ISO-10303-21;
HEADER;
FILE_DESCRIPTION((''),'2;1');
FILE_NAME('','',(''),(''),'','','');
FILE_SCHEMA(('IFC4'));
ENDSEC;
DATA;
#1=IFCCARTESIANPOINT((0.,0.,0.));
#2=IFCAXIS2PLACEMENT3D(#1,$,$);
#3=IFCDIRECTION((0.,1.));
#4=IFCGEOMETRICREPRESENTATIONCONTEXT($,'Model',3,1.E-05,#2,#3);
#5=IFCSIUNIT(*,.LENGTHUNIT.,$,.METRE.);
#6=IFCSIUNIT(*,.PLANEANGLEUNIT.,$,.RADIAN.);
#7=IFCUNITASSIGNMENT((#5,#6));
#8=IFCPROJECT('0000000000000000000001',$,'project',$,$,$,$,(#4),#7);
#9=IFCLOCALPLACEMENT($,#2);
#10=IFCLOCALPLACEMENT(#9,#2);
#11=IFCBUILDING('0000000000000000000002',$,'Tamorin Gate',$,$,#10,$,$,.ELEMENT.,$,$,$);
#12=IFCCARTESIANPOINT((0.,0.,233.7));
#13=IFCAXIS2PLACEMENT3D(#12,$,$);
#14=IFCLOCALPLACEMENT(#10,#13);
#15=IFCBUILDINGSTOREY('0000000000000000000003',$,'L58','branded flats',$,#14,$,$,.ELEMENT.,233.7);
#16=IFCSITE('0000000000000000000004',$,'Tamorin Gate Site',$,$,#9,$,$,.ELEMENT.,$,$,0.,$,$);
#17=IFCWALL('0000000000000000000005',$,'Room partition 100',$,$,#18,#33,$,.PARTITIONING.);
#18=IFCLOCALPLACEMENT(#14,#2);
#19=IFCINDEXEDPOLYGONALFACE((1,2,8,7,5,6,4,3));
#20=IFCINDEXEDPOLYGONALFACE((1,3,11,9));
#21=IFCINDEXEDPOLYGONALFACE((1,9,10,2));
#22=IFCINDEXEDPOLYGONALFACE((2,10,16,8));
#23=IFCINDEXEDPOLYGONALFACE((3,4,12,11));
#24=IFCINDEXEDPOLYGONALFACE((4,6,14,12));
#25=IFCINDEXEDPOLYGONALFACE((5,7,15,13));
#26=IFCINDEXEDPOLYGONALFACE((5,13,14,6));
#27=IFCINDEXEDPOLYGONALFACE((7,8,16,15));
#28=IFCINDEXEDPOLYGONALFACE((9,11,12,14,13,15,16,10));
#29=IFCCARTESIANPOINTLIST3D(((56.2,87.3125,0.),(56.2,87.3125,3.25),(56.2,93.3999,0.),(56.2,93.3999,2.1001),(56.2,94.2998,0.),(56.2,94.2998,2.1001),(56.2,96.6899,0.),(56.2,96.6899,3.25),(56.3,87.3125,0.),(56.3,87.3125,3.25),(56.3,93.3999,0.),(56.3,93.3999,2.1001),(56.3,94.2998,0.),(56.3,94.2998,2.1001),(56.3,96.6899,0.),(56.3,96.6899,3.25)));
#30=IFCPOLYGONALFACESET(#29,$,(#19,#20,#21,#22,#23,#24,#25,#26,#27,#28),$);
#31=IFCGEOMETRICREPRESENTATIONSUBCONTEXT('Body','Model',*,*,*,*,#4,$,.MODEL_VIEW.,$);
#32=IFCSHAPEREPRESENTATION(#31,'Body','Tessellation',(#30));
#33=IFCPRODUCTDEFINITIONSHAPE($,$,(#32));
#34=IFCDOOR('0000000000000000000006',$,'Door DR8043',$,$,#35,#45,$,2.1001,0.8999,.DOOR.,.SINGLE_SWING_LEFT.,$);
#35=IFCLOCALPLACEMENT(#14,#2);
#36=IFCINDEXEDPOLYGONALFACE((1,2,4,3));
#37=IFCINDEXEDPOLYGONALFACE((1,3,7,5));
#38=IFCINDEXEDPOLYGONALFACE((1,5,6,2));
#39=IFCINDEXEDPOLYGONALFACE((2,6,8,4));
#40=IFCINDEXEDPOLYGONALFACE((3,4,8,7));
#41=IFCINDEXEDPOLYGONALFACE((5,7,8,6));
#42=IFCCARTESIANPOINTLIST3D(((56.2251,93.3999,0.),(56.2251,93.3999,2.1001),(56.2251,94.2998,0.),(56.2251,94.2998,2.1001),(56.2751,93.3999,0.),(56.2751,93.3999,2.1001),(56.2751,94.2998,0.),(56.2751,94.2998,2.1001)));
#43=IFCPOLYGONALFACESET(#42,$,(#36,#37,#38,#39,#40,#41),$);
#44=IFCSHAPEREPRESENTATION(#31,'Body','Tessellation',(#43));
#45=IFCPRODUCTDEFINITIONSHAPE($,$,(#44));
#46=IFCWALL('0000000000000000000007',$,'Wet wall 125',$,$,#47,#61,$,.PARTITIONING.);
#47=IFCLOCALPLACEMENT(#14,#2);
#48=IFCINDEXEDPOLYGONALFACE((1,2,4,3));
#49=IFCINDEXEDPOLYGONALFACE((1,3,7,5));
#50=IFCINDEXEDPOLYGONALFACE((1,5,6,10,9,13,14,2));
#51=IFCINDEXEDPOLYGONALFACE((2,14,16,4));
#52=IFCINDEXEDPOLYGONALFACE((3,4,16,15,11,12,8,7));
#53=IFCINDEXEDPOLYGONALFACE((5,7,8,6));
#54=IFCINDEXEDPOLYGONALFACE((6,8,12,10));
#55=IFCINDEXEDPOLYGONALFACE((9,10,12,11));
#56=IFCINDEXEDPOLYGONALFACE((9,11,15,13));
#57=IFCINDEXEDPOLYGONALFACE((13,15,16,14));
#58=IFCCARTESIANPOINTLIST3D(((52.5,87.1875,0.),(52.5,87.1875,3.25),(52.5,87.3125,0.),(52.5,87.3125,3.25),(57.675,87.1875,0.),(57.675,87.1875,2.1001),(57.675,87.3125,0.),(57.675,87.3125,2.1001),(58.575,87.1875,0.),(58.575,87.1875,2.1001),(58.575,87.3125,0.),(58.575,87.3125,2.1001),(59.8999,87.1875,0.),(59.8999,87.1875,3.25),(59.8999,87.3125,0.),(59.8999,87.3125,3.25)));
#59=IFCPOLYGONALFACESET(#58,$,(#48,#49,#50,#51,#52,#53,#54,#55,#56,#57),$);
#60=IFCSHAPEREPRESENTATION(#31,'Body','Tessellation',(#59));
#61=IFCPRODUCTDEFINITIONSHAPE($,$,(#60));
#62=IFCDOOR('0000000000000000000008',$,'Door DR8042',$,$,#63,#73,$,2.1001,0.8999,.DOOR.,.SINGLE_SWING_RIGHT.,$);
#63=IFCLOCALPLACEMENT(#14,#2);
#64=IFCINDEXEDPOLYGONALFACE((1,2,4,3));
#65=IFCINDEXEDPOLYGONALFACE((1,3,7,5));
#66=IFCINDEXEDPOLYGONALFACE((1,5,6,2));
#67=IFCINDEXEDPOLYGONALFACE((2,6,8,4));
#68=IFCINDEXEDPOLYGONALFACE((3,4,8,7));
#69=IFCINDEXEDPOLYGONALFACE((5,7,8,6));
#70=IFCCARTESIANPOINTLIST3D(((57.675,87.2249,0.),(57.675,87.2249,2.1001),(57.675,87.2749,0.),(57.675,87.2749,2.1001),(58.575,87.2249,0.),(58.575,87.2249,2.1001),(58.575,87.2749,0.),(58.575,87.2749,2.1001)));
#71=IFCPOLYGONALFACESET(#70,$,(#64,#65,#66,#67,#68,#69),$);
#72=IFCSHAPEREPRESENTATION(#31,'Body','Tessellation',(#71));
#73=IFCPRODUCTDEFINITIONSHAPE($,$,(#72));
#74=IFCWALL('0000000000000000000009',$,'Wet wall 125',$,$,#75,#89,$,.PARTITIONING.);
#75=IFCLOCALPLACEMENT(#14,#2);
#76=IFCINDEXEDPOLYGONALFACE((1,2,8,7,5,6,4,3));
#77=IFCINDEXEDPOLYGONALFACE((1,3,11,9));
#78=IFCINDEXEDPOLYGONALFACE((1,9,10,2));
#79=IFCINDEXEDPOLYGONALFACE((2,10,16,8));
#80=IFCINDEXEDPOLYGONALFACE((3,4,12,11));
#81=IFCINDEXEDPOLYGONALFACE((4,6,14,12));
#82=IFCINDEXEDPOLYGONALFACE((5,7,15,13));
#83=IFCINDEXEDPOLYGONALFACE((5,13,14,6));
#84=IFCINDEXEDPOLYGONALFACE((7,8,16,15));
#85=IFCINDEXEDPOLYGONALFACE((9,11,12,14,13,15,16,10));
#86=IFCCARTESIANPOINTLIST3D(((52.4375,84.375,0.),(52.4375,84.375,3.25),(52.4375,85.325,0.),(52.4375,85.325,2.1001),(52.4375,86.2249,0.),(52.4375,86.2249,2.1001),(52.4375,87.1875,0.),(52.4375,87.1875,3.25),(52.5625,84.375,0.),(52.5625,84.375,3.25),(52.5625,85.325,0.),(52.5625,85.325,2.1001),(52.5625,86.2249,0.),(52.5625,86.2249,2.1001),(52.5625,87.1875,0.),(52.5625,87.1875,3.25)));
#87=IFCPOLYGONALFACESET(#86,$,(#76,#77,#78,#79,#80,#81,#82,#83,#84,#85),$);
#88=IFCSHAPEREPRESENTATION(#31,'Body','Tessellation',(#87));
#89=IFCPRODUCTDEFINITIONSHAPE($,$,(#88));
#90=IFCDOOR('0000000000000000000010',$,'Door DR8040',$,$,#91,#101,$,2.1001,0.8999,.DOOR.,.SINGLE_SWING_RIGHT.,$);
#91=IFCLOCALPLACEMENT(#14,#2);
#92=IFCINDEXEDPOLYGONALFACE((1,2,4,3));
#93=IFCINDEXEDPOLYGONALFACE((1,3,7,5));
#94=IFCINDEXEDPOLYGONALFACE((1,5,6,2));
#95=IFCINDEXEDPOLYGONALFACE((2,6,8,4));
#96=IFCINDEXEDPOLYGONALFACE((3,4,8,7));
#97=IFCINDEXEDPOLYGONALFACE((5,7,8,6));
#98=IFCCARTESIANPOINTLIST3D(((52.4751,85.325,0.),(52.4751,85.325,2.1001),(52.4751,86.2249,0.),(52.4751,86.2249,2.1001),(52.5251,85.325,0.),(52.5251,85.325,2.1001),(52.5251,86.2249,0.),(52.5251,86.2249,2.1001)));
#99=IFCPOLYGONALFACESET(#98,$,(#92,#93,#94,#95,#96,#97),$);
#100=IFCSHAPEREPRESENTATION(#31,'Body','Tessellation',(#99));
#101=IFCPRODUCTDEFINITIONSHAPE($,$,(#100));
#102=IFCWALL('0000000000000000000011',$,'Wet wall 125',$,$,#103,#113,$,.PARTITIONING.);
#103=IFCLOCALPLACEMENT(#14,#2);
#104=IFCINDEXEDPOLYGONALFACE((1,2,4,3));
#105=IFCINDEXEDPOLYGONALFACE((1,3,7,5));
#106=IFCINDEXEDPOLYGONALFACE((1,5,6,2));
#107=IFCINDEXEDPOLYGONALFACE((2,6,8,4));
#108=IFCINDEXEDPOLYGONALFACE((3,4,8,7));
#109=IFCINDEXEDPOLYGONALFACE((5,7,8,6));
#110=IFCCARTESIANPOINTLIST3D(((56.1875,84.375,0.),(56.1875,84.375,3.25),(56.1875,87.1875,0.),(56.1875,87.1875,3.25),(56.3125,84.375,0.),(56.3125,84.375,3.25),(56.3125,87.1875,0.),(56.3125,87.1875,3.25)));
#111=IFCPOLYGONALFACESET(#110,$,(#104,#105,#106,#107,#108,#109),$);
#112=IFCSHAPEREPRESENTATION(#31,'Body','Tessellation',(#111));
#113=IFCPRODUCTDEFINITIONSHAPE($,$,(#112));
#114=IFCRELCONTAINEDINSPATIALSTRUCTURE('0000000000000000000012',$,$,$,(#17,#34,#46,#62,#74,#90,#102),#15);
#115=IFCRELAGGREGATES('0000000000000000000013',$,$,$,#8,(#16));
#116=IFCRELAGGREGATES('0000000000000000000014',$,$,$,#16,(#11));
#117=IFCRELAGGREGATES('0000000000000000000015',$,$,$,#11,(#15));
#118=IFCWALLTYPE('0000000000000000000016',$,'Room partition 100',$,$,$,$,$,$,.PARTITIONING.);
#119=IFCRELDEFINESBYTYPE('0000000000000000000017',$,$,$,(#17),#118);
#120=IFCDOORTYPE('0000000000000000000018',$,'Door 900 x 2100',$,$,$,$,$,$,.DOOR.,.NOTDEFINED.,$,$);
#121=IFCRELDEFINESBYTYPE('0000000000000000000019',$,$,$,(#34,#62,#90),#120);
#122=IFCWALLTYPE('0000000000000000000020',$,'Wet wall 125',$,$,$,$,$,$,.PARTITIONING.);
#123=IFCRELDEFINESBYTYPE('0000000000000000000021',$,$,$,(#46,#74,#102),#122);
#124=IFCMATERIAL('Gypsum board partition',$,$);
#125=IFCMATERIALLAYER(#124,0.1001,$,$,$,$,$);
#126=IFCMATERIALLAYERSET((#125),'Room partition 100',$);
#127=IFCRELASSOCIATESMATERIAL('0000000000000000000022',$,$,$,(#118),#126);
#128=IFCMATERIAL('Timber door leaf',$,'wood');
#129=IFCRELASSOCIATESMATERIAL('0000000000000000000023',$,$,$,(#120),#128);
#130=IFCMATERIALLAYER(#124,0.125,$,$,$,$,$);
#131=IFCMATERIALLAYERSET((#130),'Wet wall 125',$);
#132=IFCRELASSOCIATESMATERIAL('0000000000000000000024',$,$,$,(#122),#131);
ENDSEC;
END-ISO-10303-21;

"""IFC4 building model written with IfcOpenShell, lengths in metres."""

from ifc_helpers import new_model, si_unit, direction, frame, frame_2d, origin, place, context, subcontext, project, spatial, rectangle, extrude, material, layer, layer_set, type_object, element, fill, save


model = new_model("IFC4")

# Units and contexts
model_context = context("Model", 3, precision=1e-05, world=origin(), true_north=direction((0.0, 1.0)))
body_context = subcontext(model_context, "Body", "Model", "MODEL_VIEW")
ifc_project = project(units=[si_unit("LENGTHUNIT", "METRE"), si_unit("PLANEANGLEUNIT", "RADIAN")], contexts=[model_context])

# Site, building, storey
site_placement = place(None, origin())
site = spatial("IfcSite", under=ifc_project, at=site_placement, Name="Tamorin Gate Site", CompositionType="ELEMENT", RefElevation=0.0)
building_placement = place(site_placement, origin())
building = spatial("IfcBuilding", under=site, at=building_placement, Name="Tamorin Gate", CompositionType="ELEMENT")
storey_placement = place(building_placement, frame((0.0, 0.0, 233.7)))
storey = spatial("IfcBuildingStorey", under=building, at=storey_placement, Name="L58", Description="branded flats", CompositionType="ELEMENT", Elevation=233.7)

# Shared definitions
ifc_material_1 = material(Name="Gypsum board partition")

# Walls, openings, doors
ifc_layer_1 = layer(ifc_material_1, 0.1001)
ifc_layer_set_1 = layer_set([ifc_layer_1], Name="Room partition 100")
wall_type_1 = type_object("IfcWallType", Name="Room partition 100", PredefinedType="PARTITIONING", material=ifc_layer_set_1)
ifc_material_2 = material(Name="Timber door leaf", Category="wood")
door_type = type_object("IfcDoorType", Name="Door 900 x 2100", OperationType="NOTDEFINED", PredefinedType="DOOR", material=ifc_material_2)
wall_1_placement = place(storey_placement, frame((56.25, 87.3125, 0.0), z_axis=(0.0, 0.0, 1.0), x_axis=(0.0, 1.0, 0.0)))
wall_1 = element("IfcWall", 1, at=wall_1_placement, inside=storey, type_object=wall_type_1, Name="Room partition 100", PredefinedType="PARTITIONING", context=body_context, shape_type="SweptSolid", body=[
    extrude(rectangle(XDim=9.3774, YDim=0.1001, at=frame_2d((4.6887, 0.0))), origin(), (0.0, 0.0, 1.0), 3.25),
])
opening_1_placement = place(wall_1_placement, frame((6.0874, 0.0, 0.0)))
opening_1 = element("IfcOpeningElement", 2, at=opening_1_placement, cuts=wall_1, PredefinedType="OPENING", context=body_context, shape_type="SweptSolid", body=[
    extrude(rectangle(XDim=0.8999, YDim=2.1001, at=frame_2d((0.45, 1.05))), frame((0.0, 0.0601, 0.0), z_axis=(0.0, -1.0, 0.0), x_axis=(1.0, 0.0, 0.0)), (0.0, 0.0, 1.0), 0.1201),
])
door_1_placement = place(opening_1_placement, origin())
door_1 = element("IfcDoor", 3, at=door_1_placement, inside=storey, type_object=door_type, Name="Door DR8043", OperationType="SINGLE_SWING_LEFT", OverallHeight=2.1001, OverallWidth=0.8999, PredefinedType="DOOR", context=body_context, shape_type="SweptSolid", body=[
    extrude(rectangle(XDim=0.8999, YDim=2.1001, at=frame_2d((0.45, 1.05))), frame((0.0, 0.0249, 0.0), z_axis=(0.0, -1.0, 0.0), x_axis=(1.0, 0.0, 0.0)), (0.0, 0.0, 1.0), 0.05),
])
fill(opening_1, door_1)
ifc_layer_2 = layer(ifc_material_1, 0.125)
ifc_layer_set_2 = layer_set([ifc_layer_2], Name="Wet wall 125")
wall_type_2 = type_object("IfcWallType", Name="Wet wall 125", PredefinedType="PARTITIONING", material=ifc_layer_set_2)
wall_2_placement = place(storey_placement, frame((52.5, 87.25, 0.0), z_axis=(0.0, 0.0, 1.0), x_axis=(1.0, 0.0, 0.0)))
wall_2 = element("IfcWall", 4, at=wall_2_placement, inside=storey, type_object=wall_type_2, Name="Wet wall 125", PredefinedType="PARTITIONING", context=body_context, shape_type="SweptSolid", body=[
    extrude(rectangle(XDim=7.3999, YDim=0.125, at=frame_2d((3.7, 0.0))), origin(), (0.0, 0.0, 1.0), 3.25),
])
opening_2_placement = place(wall_2_placement, frame((5.175, 0.0, 0.0)))
opening_2 = element("IfcOpeningElement", 5, at=opening_2_placement, cuts=wall_2, PredefinedType="OPENING", context=body_context, shape_type="SweptSolid", body=[
    extrude(rectangle(XDim=0.8999, YDim=2.1001, at=frame_2d((0.45, 1.05))), frame((0.0, 0.0725, 0.0), z_axis=(0.0, -1.0, 0.0), x_axis=(1.0, 0.0, 0.0)), (0.0, 0.0, 1.0), 0.145),
])
door_2_placement = place(opening_2_placement, origin())
door_2 = element("IfcDoor", 6, at=door_2_placement, inside=storey, type_object=door_type, Name="Door DR8042", OperationType="SINGLE_SWING_RIGHT", OverallHeight=2.1001, OverallWidth=0.8999, PredefinedType="DOOR", context=body_context, shape_type="SweptSolid", body=[
    extrude(rectangle(XDim=0.8999, YDim=2.1001, at=frame_2d((0.45, 1.05))), frame((0.0, 0.0249, 0.0), z_axis=(0.0, -1.0, 0.0), x_axis=(1.0, 0.0, 0.0)), (0.0, 0.0, 1.0), 0.05),
])
fill(opening_2, door_2)
wall_3_placement = place(storey_placement, frame((52.5, 84.375, 0.0), z_axis=(0.0, 0.0, 1.0), x_axis=(0.0, 1.0, 0.0)))
wall_3 = element("IfcWall", 7, at=wall_3_placement, inside=storey, type_object=wall_type_2, Name="Wet wall 125", PredefinedType="PARTITIONING", context=body_context, shape_type="SweptSolid", body=[
    extrude(rectangle(XDim=2.8125, YDim=0.125, at=frame_2d((1.4062, 0.0))), origin(), (0.0, 0.0, 1.0), 3.25),
])
opening_3_placement = place(wall_3_placement, frame((0.95, 0.0, 0.0)))
opening_3 = element("IfcOpeningElement", 8, at=opening_3_placement, cuts=wall_3, PredefinedType="OPENING", context=body_context, shape_type="SweptSolid", body=[
    extrude(rectangle(XDim=0.8999, YDim=2.1001, at=frame_2d((0.45, 1.05))), frame((0.0, 0.0725, 0.0), z_axis=(0.0, -1.0, 0.0), x_axis=(1.0, 0.0, 0.0)), (0.0, 0.0, 1.0), 0.145),
])
door_3_placement = place(opening_3_placement, origin())
door_3 = element("IfcDoor", 9, at=door_3_placement, inside=storey, type_object=door_type, Name="Door DR8040", OperationType="SINGLE_SWING_RIGHT", OverallHeight=2.1001, OverallWidth=0.8999, PredefinedType="DOOR", context=body_context, shape_type="SweptSolid", body=[
    extrude(rectangle(XDim=0.8999, YDim=2.1001, at=frame_2d((0.45, 1.05))), frame((0.0, 0.0249, 0.0), z_axis=(0.0, -1.0, 0.0), x_axis=(1.0, 0.0, 0.0)), (0.0, 0.0, 1.0), 0.05),
])
fill(opening_3, door_3)

# Wall
wall_4_placement = place(storey_placement, frame((56.25, 84.375, 0.0), z_axis=(0.0, 0.0, 1.0), x_axis=(0.0, 1.0, 0.0)))
element("IfcWall", 10, at=wall_4_placement, inside=storey, type_object=wall_type_2, Name="Wet wall 125", PredefinedType="PARTITIONING", context=body_context, shape_type="SweptSolid", body=[
    extrude(rectangle(XDim=2.8125, YDim=0.125, at=frame_2d((1.4062, 0.0))), origin(), (0.0, 0.0, 1.0), 3.25),
])

save(model, "model.ifc")
